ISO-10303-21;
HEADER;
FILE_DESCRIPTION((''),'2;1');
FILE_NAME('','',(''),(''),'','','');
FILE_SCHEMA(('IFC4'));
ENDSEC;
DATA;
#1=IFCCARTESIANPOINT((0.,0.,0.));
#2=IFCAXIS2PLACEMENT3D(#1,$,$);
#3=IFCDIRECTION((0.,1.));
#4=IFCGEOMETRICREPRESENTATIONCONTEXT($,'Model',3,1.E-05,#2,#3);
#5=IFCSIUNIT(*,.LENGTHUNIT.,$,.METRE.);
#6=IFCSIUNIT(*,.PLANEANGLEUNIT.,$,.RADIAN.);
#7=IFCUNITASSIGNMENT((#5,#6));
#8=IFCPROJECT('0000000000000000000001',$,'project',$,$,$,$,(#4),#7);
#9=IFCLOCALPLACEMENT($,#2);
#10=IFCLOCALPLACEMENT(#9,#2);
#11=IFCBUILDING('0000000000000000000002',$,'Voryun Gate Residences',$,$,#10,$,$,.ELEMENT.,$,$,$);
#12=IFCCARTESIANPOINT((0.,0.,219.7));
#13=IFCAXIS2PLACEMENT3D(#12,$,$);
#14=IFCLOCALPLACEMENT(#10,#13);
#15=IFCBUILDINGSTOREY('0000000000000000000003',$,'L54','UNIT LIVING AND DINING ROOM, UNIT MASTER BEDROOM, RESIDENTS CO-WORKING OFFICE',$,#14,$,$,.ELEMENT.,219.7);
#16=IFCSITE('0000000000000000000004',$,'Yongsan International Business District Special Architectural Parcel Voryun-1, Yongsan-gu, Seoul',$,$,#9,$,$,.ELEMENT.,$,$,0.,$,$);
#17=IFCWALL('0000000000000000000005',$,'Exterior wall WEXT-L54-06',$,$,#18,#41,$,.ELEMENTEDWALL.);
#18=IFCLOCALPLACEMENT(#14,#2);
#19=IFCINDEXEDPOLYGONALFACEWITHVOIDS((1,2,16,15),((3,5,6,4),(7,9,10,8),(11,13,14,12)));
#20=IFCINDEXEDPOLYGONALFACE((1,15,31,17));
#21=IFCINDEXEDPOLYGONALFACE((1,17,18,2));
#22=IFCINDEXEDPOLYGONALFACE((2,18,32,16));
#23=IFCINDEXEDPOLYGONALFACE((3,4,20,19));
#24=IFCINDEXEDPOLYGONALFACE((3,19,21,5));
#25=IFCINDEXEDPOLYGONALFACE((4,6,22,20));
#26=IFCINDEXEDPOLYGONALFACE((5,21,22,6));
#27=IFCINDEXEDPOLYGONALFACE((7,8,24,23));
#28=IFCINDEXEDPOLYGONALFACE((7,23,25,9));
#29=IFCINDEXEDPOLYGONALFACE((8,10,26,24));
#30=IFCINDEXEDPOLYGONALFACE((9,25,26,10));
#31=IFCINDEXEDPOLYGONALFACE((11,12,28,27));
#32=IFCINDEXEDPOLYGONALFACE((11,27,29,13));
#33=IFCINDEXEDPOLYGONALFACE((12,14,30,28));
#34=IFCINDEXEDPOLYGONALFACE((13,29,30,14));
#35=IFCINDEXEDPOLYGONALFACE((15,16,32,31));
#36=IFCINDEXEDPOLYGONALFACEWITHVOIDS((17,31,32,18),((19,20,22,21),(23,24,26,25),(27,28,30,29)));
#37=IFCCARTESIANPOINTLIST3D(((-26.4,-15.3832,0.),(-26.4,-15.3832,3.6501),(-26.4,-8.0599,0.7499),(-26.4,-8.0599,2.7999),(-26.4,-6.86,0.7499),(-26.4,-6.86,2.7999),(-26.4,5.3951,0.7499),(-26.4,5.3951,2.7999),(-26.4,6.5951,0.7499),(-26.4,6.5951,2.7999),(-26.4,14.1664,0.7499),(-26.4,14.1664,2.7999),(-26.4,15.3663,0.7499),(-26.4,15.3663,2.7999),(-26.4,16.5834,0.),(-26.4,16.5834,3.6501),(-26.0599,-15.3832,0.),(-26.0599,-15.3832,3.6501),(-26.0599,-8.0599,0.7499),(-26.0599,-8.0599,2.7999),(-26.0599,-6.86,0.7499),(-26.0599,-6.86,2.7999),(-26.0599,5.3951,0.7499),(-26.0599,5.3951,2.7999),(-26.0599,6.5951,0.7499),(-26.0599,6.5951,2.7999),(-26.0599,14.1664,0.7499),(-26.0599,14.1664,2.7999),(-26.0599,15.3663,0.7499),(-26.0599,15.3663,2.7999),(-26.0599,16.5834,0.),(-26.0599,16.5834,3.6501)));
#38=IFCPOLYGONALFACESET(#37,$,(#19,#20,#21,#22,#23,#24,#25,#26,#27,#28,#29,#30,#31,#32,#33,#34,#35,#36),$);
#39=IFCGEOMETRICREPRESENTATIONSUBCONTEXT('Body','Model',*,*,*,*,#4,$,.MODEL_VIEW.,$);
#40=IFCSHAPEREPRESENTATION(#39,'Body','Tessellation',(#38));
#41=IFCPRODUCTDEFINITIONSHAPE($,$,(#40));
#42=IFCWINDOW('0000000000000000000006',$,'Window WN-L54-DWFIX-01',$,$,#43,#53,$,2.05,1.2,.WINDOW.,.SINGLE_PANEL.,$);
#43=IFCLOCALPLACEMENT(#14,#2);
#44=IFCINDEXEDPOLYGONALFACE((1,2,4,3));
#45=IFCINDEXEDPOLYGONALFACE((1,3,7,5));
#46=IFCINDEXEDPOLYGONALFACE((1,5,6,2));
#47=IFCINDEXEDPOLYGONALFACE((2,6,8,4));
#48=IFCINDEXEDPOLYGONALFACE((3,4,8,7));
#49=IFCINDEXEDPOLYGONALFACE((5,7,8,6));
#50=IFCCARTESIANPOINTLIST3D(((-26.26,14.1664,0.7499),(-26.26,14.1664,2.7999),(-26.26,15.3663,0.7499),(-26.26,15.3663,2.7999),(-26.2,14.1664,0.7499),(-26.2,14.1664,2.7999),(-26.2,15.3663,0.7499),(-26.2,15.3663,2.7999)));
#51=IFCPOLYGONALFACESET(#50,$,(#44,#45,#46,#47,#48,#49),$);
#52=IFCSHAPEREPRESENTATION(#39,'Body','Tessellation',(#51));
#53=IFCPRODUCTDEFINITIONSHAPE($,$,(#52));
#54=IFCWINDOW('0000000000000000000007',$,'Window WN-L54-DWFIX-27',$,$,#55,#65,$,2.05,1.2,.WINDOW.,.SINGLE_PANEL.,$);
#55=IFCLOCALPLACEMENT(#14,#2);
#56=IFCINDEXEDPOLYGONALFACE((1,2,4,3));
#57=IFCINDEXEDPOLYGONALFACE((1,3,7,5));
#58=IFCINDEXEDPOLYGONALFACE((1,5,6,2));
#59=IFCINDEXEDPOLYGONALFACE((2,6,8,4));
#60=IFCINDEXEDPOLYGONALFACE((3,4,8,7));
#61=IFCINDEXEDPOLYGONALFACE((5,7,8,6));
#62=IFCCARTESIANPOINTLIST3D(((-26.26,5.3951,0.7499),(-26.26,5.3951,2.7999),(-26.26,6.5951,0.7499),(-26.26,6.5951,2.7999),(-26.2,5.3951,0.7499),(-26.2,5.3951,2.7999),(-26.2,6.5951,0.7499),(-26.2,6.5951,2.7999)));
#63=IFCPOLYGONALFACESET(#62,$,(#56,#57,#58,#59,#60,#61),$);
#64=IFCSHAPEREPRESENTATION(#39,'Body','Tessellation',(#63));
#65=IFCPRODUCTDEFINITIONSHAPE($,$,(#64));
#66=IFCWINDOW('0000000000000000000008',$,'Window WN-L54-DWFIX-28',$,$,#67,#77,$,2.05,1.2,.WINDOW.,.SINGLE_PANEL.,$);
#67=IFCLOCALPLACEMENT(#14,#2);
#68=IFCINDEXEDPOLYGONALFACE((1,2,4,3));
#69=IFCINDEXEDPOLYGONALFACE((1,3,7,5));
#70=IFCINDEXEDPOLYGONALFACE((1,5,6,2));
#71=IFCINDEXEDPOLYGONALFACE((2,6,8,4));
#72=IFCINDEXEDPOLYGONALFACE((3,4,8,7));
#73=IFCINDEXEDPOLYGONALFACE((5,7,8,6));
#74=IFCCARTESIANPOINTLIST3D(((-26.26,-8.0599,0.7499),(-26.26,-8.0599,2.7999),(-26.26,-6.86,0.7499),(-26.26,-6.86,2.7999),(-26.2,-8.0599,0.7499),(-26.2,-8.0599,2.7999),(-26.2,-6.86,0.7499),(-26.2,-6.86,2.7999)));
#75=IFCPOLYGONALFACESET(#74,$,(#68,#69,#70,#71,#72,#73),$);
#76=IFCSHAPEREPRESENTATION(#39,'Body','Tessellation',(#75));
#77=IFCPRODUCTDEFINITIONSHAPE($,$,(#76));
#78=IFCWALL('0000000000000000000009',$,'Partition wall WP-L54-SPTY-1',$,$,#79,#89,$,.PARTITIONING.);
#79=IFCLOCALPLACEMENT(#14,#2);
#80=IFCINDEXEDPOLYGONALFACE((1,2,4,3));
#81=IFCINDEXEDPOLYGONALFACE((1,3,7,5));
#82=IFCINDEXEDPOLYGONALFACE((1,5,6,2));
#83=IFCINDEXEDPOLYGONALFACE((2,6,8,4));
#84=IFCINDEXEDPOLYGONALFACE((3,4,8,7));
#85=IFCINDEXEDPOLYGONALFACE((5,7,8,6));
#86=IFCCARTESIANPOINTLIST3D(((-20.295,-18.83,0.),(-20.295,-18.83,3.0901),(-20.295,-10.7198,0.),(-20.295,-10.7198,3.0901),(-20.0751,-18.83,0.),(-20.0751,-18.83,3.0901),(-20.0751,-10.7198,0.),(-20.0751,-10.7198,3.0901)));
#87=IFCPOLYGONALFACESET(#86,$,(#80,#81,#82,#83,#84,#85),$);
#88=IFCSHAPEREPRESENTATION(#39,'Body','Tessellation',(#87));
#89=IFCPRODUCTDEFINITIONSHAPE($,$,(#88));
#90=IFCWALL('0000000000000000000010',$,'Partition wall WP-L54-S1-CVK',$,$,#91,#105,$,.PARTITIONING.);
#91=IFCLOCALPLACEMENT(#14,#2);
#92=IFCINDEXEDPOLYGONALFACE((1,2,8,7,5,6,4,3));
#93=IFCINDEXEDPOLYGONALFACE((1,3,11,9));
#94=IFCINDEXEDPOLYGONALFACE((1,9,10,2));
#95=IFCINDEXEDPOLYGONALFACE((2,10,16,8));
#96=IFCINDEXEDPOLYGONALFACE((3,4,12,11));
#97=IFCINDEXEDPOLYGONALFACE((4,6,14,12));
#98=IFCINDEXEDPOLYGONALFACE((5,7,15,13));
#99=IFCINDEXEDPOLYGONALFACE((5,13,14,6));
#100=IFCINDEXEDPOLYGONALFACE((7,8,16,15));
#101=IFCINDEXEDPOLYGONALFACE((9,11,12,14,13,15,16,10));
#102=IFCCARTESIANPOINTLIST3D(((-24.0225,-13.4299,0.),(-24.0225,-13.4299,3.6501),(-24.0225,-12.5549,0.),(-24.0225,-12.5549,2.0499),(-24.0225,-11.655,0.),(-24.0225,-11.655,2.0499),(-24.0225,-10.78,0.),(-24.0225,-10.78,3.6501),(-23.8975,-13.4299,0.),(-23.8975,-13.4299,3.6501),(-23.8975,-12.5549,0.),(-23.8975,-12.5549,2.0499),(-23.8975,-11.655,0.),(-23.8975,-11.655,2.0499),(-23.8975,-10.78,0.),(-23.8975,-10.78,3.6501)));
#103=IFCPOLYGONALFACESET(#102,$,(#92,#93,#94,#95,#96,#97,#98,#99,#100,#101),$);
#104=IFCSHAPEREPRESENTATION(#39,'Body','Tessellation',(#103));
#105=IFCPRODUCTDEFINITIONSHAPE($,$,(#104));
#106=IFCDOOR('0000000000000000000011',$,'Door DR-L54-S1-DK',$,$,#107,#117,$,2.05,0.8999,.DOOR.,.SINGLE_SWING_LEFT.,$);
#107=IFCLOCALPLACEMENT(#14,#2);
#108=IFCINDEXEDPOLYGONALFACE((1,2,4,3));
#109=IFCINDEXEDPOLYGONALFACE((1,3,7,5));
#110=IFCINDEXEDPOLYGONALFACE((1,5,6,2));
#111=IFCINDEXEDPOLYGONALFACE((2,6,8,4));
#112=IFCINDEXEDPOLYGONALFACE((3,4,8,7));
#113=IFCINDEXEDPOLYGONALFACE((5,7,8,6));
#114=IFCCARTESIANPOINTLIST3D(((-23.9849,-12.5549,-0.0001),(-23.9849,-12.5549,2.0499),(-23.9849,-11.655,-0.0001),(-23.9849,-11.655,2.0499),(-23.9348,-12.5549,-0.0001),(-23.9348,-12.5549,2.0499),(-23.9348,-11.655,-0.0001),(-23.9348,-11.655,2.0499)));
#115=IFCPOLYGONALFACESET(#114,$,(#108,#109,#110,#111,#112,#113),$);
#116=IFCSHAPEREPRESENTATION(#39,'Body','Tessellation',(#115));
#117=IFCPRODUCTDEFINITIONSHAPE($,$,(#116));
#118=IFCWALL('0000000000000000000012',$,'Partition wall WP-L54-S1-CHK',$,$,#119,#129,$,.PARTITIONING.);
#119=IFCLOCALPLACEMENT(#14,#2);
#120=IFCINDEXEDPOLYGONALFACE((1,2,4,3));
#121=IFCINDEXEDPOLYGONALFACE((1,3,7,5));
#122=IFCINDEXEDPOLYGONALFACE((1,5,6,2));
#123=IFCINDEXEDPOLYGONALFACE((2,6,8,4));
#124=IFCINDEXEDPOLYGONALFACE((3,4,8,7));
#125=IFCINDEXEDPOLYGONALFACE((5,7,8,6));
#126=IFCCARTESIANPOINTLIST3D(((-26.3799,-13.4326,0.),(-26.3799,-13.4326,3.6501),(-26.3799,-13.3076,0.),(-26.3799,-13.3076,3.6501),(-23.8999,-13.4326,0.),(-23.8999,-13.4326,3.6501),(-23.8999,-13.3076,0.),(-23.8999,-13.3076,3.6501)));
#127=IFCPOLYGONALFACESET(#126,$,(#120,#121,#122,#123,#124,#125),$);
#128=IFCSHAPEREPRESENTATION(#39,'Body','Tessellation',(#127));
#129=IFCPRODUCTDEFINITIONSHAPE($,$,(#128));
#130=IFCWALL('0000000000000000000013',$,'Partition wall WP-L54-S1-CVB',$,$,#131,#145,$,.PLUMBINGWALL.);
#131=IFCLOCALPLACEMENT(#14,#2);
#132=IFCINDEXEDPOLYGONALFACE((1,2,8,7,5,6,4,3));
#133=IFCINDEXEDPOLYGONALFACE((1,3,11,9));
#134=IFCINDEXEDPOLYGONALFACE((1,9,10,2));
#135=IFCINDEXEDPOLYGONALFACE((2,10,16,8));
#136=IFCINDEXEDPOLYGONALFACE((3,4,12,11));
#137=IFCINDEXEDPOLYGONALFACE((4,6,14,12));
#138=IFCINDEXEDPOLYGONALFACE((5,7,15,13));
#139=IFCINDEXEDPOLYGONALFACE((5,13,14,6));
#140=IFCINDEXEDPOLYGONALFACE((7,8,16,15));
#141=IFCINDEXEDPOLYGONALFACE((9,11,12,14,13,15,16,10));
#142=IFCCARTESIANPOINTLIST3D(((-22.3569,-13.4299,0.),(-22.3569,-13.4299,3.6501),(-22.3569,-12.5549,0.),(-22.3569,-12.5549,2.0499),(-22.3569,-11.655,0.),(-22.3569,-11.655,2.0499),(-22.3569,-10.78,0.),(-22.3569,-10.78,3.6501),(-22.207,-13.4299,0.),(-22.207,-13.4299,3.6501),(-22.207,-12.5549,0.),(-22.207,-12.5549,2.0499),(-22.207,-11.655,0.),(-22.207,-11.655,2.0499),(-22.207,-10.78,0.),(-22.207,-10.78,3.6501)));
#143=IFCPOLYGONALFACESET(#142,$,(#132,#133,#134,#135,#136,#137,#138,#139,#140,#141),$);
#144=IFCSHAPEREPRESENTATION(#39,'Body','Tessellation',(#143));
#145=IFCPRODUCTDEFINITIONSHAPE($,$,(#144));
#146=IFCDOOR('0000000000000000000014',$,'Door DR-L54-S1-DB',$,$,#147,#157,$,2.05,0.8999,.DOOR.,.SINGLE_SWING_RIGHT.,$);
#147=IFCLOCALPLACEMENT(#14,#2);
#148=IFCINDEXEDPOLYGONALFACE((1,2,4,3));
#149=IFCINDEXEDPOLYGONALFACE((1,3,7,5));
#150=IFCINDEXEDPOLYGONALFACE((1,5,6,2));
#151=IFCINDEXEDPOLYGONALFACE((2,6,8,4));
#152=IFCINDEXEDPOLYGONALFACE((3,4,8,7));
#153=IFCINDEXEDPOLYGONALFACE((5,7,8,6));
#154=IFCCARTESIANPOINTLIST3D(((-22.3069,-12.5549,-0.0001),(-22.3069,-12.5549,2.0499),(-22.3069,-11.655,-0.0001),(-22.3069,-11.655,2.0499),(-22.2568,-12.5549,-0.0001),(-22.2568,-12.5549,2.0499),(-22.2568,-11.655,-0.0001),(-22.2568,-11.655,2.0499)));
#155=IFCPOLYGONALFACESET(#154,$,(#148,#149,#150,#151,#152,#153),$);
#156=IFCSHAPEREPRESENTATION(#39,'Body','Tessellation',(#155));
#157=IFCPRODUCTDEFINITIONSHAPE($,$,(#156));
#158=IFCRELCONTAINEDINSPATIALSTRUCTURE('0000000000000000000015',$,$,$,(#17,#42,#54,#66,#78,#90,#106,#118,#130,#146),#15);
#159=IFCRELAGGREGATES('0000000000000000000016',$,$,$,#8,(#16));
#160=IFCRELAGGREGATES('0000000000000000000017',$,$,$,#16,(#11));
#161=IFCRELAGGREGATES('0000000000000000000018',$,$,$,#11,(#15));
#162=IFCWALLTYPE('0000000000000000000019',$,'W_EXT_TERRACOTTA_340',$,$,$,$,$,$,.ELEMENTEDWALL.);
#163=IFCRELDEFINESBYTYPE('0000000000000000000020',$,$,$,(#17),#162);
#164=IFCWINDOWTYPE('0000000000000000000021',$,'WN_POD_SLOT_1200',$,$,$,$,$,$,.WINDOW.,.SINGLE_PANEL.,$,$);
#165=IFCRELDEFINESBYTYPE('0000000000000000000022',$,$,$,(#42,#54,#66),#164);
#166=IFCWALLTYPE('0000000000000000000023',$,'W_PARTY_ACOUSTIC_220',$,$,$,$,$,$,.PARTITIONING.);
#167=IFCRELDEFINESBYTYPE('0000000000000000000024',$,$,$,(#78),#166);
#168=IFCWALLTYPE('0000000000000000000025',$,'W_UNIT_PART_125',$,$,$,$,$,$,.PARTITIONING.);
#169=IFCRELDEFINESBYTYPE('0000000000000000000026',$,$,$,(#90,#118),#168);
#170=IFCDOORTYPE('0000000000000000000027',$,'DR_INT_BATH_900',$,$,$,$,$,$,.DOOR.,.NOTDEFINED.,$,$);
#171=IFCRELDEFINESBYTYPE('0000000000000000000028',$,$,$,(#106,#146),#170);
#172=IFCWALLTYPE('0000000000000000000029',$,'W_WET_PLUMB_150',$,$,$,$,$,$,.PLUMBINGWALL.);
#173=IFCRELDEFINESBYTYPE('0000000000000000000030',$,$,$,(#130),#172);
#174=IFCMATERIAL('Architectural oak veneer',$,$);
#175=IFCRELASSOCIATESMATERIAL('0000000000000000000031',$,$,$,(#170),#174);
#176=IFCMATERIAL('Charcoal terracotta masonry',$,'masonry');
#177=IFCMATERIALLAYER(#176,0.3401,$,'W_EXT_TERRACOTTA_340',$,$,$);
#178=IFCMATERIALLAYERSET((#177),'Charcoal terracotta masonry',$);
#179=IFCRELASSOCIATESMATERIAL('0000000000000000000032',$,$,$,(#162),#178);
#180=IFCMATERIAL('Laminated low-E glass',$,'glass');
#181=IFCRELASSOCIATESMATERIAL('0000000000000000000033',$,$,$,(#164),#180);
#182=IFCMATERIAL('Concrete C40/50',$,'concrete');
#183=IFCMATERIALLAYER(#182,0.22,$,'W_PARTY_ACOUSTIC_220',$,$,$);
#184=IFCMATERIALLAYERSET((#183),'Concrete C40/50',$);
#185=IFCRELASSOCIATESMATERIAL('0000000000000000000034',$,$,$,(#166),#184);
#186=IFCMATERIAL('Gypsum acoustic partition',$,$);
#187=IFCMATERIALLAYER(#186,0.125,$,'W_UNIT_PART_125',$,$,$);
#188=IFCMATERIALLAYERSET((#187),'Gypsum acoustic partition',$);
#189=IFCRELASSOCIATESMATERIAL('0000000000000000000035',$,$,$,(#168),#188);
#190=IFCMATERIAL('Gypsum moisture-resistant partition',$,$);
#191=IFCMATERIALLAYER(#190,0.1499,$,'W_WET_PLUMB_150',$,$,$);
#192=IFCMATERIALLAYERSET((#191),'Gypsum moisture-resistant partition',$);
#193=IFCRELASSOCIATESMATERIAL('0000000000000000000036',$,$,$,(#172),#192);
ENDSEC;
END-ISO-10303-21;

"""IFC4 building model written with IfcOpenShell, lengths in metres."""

from ifc_helpers import new_model, si_unit, direction, frame, frame_2d, origin, place, context, subcontext, project, spatial, rectangle, extrude, material, layer, layer_set, type_object, element, fill, save


model = new_model("IFC4")

# Units and contexts
model_context = context("Model", 3, precision=1e-05, world=origin(), true_north=direction((0.0, 1.0)))
body_context = subcontext(model_context, "Body", "Model", "MODEL_VIEW")
ifc_project = project(units=[si_unit("LENGTHUNIT", "METRE"), si_unit("PLANEANGLEUNIT", "RADIAN")], contexts=[model_context])

# Site, building, storey
site_placement = place(None, origin())
site = spatial("IfcSite", under=ifc_project, at=site_placement, Name="Yongsan International Business District Special Architectural Parcel Voryun-1, Yongsan-gu, Seoul", CompositionType="ELEMENT", RefElevation=0.0)
building_placement = place(site_placement, origin())
building = spatial("IfcBuilding", under=site, at=building_placement, Name="Voryun Gate Residences", CompositionType="ELEMENT")
storey_placement = place(building_placement, frame((0.0, 0.0, 219.7)))
storey = spatial("IfcBuildingStorey", under=building, at=storey_placement, Name="L54", Description="UNIT LIVING AND DINING ROOM, UNIT MASTER BEDROOM, RESIDENTS CO-WORKING OFFICE", CompositionType="ELEMENT", Elevation=219.7)

# Shared definitions
ifc_material_1 = material(Name="Architectural oak veneer")
door_type_1 = type_object("IfcDoorType", Name="DR_INT_BATH_900", OperationType="NOTDEFINED", PredefinedType="DOOR", material=ifc_material_1)

# Shared definitions
ifc_material_2 = material(Name="Charcoal terracotta masonry", Category="masonry")
ifc_layer_1 = layer(ifc_material_2, 0.3401, Name="W_EXT_TERRACOTTA_340")
ifc_layer_set_1 = layer_set([ifc_layer_1], Name="Charcoal terracotta masonry")
wall_type_1 = type_object("IfcWallType", Name="W_EXT_TERRACOTTA_340", PredefinedType="ELEMENTEDWALL", material=ifc_layer_set_1)

# Wall, openings, windows
wall_1_placement = place(storey_placement, frame((-26.23, -15.3833, 0.0), z_axis=(0.0, 0.0, 1.0), x_axis=(0.0, 1.0, 0.0)))
wall_1 = element("IfcWall", 1, at=wall_1_placement, inside=storey, type_object=wall_type_1, Name="Exterior wall WEXT-L54-06", PredefinedType="ELEMENTEDWALL", context=body_context, shape_type="SweptSolid", body=[
    extrude(rectangle(XDim=31.9666, YDim=0.3401, at=frame_2d((15.9834, 0.0))), origin(), (0.0, 0.0, 1.0), 3.6501),
])
opening_1_placement = place(wall_1_placement, frame((29.5496, 0.0, 0.75)))
opening_1 = element("IfcOpeningElement", 2, at=opening_1_placement, cuts=wall_1, PredefinedType="OPENING", context=body_context, shape_type="SweptSolid", body=[
    extrude(rectangle(XDim=1.2, YDim=2.05, at=frame_2d((0.6001, 1.0249))), frame((0.0, 0.1799, 0.0), z_axis=(0.0, -1.0, 0.0), x_axis=(1.0, 0.0, 0.0)), (0.0, 0.0, 1.0), 0.3601),
])
opening_2_placement = place(wall_1_placement, frame((20.7783, 0.0, 0.75)))
opening_2 = element("IfcOpeningElement", 3, at=opening_2_placement, cuts=wall_1, PredefinedType="OPENING", context=body_context, shape_type="SweptSolid", body=[
    extrude(rectangle(XDim=1.2, YDim=2.05, at=frame_2d((0.6001, 1.0249))), frame((0.0, 0.1799, 0.0), z_axis=(0.0, -1.0, 0.0), x_axis=(1.0, 0.0, 0.0)), (0.0, 0.0, 1.0), 0.3601),
])
opening_3_placement = place(wall_1_placement, frame((7.3232, 0.0, 0.75)))
opening_3 = element("IfcOpeningElement", 4, at=opening_3_placement, cuts=wall_1, PredefinedType="OPENING", context=body_context, shape_type="SweptSolid", body=[
    extrude(rectangle(XDim=1.2, YDim=2.05, at=frame_2d((0.6001, 1.0249))), frame((0.0, 0.1799, 0.0), z_axis=(0.0, -1.0, 0.0), x_axis=(1.0, 0.0, 0.0)), (0.0, 0.0, 1.0), 0.3601),
])
ifc_material_3 = material(Name="Laminated low-E glass", Category="glass")
window_type = type_object("IfcWindowType", Name="WN_POD_SLOT_1200", PartitioningType="SINGLE_PANEL", PredefinedType="WINDOW", material=ifc_material_3)
window_1_placement = place(opening_1_placement, origin())
window_1 = element("IfcWindow", 5, at=window_1_placement, inside=storey, type_object=window_type, Name="Window WN-L54-DWFIX-01", OverallHeight=2.05, OverallWidth=1.2, PartitioningType="SINGLE_PANEL", PredefinedType="WINDOW", context=body_context, shape_type="SweptSolid", body=[
    extrude(rectangle(XDim=1.2, YDim=2.05, at=frame_2d((0.6001, 1.0249))), frame((0.0, 0.03, 0.0), z_axis=(0.0, -1.0, 0.0), x_axis=(1.0, 0.0, 0.0)), (0.0, 0.0, 1.0), 0.0601),
])
fill(opening_1, window_1)
window_2_placement = place(opening_2_placement, origin())
window_2 = element("IfcWindow", 6, at=window_2_placement, inside=storey, type_object=window_type, Name="Window WN-L54-DWFIX-27", OverallHeight=2.05, OverallWidth=1.2, PartitioningType="SINGLE_PANEL", PredefinedType="WINDOW", context=body_context, shape_type="SweptSolid", body=[
    extrude(rectangle(XDim=1.2, YDim=2.05, at=frame_2d((0.6001, 1.0249))), frame((0.0, 0.03, 0.0), z_axis=(0.0, -1.0, 0.0), x_axis=(1.0, 0.0, 0.0)), (0.0, 0.0, 1.0), 0.0601),
])
fill(opening_2, window_2)
window_3_placement = place(opening_3_placement, origin())
window_3 = element("IfcWindow", 7, at=window_3_placement, inside=storey, type_object=window_type, Name="Window WN-L54-DWFIX-28", OverallHeight=2.05, OverallWidth=1.2, PartitioningType="SINGLE_PANEL", PredefinedType="WINDOW", context=body_context, shape_type="SweptSolid", body=[
    extrude(rectangle(XDim=1.2, YDim=2.05, at=frame_2d((0.6001, 1.0249))), frame((0.0, 0.03, 0.0), z_axis=(0.0, -1.0, 0.0), x_axis=(1.0, 0.0, 0.0)), (0.0, 0.0, 1.0), 0.0601),
])
fill(opening_3, window_3)

# Wall
ifc_material_4 = material(Name="Concrete C40/50", Category="concrete")
ifc_layer_2 = layer(ifc_material_4, 0.22, Name="W_PARTY_ACOUSTIC_220")
ifc_layer_set_2 = layer_set([ifc_layer_2], Name="Concrete C40/50")
wall_type_2 = type_object("IfcWallType", Name="W_PARTY_ACOUSTIC_220", PredefinedType="PARTITIONING", material=ifc_layer_set_2)
wall_2_placement = place(storey_placement, frame((-20.1851, -18.8301, 0.0), z_axis=(0.0, 0.0, 1.0), x_axis=(0.0, 1.0, 0.0)))
element("IfcWall", 8, at=wall_2_placement, inside=storey, type_object=wall_type_2, Name="Partition wall WP-L54-SPTY-1", PredefinedType="PARTITIONING", context=body_context, shape_type="SweptSolid", body=[
    extrude(rectangle(XDim=8.1101, YDim=0.22, at=frame_2d((4.0552, 0.0))), origin(), (0.0, 0.0, 1.0), 3.0901),
])

# Wall, opening, door
ifc_material_5 = material(Name="Gypsum acoustic partition")
ifc_layer_3 = layer(ifc_material_5, 0.125, Name="W_UNIT_PART_125")
ifc_layer_set_3 = layer_set([ifc_layer_3], Name="Gypsum acoustic partition")
wall_type_3 = type_object("IfcWallType", Name="W_UNIT_PART_125", PredefinedType="PARTITIONING", material=ifc_layer_set_3)
wall_3_placement = place(storey_placement, frame((-23.96, -13.4299, 0.0), z_axis=(0.0, 0.0, 1.0), x_axis=(0.0, 1.0, 0.0)))
wall_3 = element("IfcWall", 9, at=wall_3_placement, inside=storey, type_object=wall_type_3, Name="Partition wall WP-L54-S1-CVK", PredefinedType="PARTITIONING", context=body_context, shape_type="SweptSolid", body=[
    extrude(rectangle(XDim=2.6499, YDim=0.125, at=frame_2d((1.325, 0.0))), origin(), (0.0, 0.0, 1.0), 3.6501),
])
opening_4_placement = place(wall_3_placement, frame((0.875, 0.0, 0.0)))
opening_4 = element("IfcOpeningElement", 10, at=opening_4_placement, cuts=wall_3, PredefinedType="OPENING", context=body_context, shape_type="SweptSolid", body=[
    extrude(rectangle(XDim=0.8999, YDim=2.05, at=frame_2d((0.45, 1.0249))), frame((0.0, 0.0725, 0.0), z_axis=(0.0, -1.0, 0.0), x_axis=(1.0, 0.0, 0.0)), (0.0, 0.0, 1.0), 0.145),
])
door_1_placement = place(opening_4_placement, origin())
door_1 = element("IfcDoor", 11, at=door_1_placement, inside=storey, type_object=door_type_1, Name="Door DR-L54-S1-DK", OperationType="SINGLE_SWING_LEFT", OverallHeight=2.05, OverallWidth=0.8999, PredefinedType="DOOR", context=body_context, shape_type="SweptSolid", body=[
    extrude(rectangle(XDim=0.8999, YDim=2.05, at=frame_2d((0.45, 1.0249))), frame((0.0, 0.0249, 0.0), z_axis=(0.0, -1.0, 0.0), x_axis=(1.0, 0.0, 0.0)), (0.0, 0.0, 1.0), 0.05),
])
fill(opening_4, door_1)

# Wall
wall_4_placement = place(storey_placement, frame((-26.3799, -13.3701, 0.0), z_axis=(0.0, 0.0, 1.0), x_axis=(1.0, 0.0, 0.0)))
element("IfcWall", 12, at=wall_4_placement, inside=storey, type_object=wall_type_3, Name="Partition wall WP-L54-S1-CHK", PredefinedType="PARTITIONING", context=body_context, shape_type="SweptSolid", body=[
    extrude(rectangle(XDim=2.48, YDim=0.125, at=frame_2d((1.24, 0.0))), origin(), (0.0, 0.0, 1.0), 3.6501),
])

# Wall, opening, door
ifc_material_6 = material(Name="Gypsum moisture-resistant partition")
ifc_layer_4 = layer(ifc_material_6, 0.1499, Name="W_WET_PLUMB_150")
ifc_layer_set_4 = layer_set([ifc_layer_4], Name="Gypsum moisture-resistant partition")
wall_type_4 = type_object("IfcWallType", Name="W_WET_PLUMB_150", PredefinedType="PLUMBINGWALL", material=ifc_layer_set_4)
wall_5_placement = place(storey_placement, frame((-22.282, -13.4299, 0.0), z_axis=(0.0, 0.0, 1.0), x_axis=(0.0, 1.0, 0.0)))
wall_5 = element("IfcWall", 13, at=wall_5_placement, inside=storey, type_object=wall_type_4, Name="Partition wall WP-L54-S1-CVB", PredefinedType="PLUMBINGWALL", context=body_context, shape_type="SweptSolid", body=[
    extrude(rectangle(XDim=2.6499, YDim=0.1499, at=frame_2d((1.325, 0.0))), origin(), (0.0, 0.0, 1.0), 3.6501),
])
opening_5_placement = place(wall_5_placement, frame((0.875, 0.0, 0.0)))
opening_5 = element("IfcOpeningElement", 14, at=opening_5_placement, cuts=wall_5, PredefinedType="OPENING", context=body_context, shape_type="SweptSolid", body=[
    extrude(rectangle(XDim=0.8999, YDim=2.05, at=frame_2d((0.45, 1.0249))), frame((0.0, 0.085, 0.0), z_axis=(0.0, -1.0, 0.0), x_axis=(1.0, 0.0, 0.0)), (0.0, 0.0, 1.0), 0.1699),
])
door_2_placement = place(opening_5_placement, origin())
door_2 = element("IfcDoor", 15, at=door_2_placement, inside=storey, type_object=door_type_1, Name="Door DR-L54-S1-DB", OperationType="SINGLE_SWING_RIGHT", OverallHeight=2.05, OverallWidth=0.8999, PredefinedType="DOOR", context=body_context, shape_type="SweptSolid", body=[
    extrude(rectangle(XDim=0.8999, YDim=2.05, at=frame_2d((0.45, 1.0249))), frame((0.0, 0.0249, 0.0), z_axis=(0.0, -1.0, 0.0), x_axis=(1.0, 0.0, 0.0)), (0.0, 0.0, 1.0), 0.05),
])
fill(opening_5, door_2)

save(model, "model.ifc")
